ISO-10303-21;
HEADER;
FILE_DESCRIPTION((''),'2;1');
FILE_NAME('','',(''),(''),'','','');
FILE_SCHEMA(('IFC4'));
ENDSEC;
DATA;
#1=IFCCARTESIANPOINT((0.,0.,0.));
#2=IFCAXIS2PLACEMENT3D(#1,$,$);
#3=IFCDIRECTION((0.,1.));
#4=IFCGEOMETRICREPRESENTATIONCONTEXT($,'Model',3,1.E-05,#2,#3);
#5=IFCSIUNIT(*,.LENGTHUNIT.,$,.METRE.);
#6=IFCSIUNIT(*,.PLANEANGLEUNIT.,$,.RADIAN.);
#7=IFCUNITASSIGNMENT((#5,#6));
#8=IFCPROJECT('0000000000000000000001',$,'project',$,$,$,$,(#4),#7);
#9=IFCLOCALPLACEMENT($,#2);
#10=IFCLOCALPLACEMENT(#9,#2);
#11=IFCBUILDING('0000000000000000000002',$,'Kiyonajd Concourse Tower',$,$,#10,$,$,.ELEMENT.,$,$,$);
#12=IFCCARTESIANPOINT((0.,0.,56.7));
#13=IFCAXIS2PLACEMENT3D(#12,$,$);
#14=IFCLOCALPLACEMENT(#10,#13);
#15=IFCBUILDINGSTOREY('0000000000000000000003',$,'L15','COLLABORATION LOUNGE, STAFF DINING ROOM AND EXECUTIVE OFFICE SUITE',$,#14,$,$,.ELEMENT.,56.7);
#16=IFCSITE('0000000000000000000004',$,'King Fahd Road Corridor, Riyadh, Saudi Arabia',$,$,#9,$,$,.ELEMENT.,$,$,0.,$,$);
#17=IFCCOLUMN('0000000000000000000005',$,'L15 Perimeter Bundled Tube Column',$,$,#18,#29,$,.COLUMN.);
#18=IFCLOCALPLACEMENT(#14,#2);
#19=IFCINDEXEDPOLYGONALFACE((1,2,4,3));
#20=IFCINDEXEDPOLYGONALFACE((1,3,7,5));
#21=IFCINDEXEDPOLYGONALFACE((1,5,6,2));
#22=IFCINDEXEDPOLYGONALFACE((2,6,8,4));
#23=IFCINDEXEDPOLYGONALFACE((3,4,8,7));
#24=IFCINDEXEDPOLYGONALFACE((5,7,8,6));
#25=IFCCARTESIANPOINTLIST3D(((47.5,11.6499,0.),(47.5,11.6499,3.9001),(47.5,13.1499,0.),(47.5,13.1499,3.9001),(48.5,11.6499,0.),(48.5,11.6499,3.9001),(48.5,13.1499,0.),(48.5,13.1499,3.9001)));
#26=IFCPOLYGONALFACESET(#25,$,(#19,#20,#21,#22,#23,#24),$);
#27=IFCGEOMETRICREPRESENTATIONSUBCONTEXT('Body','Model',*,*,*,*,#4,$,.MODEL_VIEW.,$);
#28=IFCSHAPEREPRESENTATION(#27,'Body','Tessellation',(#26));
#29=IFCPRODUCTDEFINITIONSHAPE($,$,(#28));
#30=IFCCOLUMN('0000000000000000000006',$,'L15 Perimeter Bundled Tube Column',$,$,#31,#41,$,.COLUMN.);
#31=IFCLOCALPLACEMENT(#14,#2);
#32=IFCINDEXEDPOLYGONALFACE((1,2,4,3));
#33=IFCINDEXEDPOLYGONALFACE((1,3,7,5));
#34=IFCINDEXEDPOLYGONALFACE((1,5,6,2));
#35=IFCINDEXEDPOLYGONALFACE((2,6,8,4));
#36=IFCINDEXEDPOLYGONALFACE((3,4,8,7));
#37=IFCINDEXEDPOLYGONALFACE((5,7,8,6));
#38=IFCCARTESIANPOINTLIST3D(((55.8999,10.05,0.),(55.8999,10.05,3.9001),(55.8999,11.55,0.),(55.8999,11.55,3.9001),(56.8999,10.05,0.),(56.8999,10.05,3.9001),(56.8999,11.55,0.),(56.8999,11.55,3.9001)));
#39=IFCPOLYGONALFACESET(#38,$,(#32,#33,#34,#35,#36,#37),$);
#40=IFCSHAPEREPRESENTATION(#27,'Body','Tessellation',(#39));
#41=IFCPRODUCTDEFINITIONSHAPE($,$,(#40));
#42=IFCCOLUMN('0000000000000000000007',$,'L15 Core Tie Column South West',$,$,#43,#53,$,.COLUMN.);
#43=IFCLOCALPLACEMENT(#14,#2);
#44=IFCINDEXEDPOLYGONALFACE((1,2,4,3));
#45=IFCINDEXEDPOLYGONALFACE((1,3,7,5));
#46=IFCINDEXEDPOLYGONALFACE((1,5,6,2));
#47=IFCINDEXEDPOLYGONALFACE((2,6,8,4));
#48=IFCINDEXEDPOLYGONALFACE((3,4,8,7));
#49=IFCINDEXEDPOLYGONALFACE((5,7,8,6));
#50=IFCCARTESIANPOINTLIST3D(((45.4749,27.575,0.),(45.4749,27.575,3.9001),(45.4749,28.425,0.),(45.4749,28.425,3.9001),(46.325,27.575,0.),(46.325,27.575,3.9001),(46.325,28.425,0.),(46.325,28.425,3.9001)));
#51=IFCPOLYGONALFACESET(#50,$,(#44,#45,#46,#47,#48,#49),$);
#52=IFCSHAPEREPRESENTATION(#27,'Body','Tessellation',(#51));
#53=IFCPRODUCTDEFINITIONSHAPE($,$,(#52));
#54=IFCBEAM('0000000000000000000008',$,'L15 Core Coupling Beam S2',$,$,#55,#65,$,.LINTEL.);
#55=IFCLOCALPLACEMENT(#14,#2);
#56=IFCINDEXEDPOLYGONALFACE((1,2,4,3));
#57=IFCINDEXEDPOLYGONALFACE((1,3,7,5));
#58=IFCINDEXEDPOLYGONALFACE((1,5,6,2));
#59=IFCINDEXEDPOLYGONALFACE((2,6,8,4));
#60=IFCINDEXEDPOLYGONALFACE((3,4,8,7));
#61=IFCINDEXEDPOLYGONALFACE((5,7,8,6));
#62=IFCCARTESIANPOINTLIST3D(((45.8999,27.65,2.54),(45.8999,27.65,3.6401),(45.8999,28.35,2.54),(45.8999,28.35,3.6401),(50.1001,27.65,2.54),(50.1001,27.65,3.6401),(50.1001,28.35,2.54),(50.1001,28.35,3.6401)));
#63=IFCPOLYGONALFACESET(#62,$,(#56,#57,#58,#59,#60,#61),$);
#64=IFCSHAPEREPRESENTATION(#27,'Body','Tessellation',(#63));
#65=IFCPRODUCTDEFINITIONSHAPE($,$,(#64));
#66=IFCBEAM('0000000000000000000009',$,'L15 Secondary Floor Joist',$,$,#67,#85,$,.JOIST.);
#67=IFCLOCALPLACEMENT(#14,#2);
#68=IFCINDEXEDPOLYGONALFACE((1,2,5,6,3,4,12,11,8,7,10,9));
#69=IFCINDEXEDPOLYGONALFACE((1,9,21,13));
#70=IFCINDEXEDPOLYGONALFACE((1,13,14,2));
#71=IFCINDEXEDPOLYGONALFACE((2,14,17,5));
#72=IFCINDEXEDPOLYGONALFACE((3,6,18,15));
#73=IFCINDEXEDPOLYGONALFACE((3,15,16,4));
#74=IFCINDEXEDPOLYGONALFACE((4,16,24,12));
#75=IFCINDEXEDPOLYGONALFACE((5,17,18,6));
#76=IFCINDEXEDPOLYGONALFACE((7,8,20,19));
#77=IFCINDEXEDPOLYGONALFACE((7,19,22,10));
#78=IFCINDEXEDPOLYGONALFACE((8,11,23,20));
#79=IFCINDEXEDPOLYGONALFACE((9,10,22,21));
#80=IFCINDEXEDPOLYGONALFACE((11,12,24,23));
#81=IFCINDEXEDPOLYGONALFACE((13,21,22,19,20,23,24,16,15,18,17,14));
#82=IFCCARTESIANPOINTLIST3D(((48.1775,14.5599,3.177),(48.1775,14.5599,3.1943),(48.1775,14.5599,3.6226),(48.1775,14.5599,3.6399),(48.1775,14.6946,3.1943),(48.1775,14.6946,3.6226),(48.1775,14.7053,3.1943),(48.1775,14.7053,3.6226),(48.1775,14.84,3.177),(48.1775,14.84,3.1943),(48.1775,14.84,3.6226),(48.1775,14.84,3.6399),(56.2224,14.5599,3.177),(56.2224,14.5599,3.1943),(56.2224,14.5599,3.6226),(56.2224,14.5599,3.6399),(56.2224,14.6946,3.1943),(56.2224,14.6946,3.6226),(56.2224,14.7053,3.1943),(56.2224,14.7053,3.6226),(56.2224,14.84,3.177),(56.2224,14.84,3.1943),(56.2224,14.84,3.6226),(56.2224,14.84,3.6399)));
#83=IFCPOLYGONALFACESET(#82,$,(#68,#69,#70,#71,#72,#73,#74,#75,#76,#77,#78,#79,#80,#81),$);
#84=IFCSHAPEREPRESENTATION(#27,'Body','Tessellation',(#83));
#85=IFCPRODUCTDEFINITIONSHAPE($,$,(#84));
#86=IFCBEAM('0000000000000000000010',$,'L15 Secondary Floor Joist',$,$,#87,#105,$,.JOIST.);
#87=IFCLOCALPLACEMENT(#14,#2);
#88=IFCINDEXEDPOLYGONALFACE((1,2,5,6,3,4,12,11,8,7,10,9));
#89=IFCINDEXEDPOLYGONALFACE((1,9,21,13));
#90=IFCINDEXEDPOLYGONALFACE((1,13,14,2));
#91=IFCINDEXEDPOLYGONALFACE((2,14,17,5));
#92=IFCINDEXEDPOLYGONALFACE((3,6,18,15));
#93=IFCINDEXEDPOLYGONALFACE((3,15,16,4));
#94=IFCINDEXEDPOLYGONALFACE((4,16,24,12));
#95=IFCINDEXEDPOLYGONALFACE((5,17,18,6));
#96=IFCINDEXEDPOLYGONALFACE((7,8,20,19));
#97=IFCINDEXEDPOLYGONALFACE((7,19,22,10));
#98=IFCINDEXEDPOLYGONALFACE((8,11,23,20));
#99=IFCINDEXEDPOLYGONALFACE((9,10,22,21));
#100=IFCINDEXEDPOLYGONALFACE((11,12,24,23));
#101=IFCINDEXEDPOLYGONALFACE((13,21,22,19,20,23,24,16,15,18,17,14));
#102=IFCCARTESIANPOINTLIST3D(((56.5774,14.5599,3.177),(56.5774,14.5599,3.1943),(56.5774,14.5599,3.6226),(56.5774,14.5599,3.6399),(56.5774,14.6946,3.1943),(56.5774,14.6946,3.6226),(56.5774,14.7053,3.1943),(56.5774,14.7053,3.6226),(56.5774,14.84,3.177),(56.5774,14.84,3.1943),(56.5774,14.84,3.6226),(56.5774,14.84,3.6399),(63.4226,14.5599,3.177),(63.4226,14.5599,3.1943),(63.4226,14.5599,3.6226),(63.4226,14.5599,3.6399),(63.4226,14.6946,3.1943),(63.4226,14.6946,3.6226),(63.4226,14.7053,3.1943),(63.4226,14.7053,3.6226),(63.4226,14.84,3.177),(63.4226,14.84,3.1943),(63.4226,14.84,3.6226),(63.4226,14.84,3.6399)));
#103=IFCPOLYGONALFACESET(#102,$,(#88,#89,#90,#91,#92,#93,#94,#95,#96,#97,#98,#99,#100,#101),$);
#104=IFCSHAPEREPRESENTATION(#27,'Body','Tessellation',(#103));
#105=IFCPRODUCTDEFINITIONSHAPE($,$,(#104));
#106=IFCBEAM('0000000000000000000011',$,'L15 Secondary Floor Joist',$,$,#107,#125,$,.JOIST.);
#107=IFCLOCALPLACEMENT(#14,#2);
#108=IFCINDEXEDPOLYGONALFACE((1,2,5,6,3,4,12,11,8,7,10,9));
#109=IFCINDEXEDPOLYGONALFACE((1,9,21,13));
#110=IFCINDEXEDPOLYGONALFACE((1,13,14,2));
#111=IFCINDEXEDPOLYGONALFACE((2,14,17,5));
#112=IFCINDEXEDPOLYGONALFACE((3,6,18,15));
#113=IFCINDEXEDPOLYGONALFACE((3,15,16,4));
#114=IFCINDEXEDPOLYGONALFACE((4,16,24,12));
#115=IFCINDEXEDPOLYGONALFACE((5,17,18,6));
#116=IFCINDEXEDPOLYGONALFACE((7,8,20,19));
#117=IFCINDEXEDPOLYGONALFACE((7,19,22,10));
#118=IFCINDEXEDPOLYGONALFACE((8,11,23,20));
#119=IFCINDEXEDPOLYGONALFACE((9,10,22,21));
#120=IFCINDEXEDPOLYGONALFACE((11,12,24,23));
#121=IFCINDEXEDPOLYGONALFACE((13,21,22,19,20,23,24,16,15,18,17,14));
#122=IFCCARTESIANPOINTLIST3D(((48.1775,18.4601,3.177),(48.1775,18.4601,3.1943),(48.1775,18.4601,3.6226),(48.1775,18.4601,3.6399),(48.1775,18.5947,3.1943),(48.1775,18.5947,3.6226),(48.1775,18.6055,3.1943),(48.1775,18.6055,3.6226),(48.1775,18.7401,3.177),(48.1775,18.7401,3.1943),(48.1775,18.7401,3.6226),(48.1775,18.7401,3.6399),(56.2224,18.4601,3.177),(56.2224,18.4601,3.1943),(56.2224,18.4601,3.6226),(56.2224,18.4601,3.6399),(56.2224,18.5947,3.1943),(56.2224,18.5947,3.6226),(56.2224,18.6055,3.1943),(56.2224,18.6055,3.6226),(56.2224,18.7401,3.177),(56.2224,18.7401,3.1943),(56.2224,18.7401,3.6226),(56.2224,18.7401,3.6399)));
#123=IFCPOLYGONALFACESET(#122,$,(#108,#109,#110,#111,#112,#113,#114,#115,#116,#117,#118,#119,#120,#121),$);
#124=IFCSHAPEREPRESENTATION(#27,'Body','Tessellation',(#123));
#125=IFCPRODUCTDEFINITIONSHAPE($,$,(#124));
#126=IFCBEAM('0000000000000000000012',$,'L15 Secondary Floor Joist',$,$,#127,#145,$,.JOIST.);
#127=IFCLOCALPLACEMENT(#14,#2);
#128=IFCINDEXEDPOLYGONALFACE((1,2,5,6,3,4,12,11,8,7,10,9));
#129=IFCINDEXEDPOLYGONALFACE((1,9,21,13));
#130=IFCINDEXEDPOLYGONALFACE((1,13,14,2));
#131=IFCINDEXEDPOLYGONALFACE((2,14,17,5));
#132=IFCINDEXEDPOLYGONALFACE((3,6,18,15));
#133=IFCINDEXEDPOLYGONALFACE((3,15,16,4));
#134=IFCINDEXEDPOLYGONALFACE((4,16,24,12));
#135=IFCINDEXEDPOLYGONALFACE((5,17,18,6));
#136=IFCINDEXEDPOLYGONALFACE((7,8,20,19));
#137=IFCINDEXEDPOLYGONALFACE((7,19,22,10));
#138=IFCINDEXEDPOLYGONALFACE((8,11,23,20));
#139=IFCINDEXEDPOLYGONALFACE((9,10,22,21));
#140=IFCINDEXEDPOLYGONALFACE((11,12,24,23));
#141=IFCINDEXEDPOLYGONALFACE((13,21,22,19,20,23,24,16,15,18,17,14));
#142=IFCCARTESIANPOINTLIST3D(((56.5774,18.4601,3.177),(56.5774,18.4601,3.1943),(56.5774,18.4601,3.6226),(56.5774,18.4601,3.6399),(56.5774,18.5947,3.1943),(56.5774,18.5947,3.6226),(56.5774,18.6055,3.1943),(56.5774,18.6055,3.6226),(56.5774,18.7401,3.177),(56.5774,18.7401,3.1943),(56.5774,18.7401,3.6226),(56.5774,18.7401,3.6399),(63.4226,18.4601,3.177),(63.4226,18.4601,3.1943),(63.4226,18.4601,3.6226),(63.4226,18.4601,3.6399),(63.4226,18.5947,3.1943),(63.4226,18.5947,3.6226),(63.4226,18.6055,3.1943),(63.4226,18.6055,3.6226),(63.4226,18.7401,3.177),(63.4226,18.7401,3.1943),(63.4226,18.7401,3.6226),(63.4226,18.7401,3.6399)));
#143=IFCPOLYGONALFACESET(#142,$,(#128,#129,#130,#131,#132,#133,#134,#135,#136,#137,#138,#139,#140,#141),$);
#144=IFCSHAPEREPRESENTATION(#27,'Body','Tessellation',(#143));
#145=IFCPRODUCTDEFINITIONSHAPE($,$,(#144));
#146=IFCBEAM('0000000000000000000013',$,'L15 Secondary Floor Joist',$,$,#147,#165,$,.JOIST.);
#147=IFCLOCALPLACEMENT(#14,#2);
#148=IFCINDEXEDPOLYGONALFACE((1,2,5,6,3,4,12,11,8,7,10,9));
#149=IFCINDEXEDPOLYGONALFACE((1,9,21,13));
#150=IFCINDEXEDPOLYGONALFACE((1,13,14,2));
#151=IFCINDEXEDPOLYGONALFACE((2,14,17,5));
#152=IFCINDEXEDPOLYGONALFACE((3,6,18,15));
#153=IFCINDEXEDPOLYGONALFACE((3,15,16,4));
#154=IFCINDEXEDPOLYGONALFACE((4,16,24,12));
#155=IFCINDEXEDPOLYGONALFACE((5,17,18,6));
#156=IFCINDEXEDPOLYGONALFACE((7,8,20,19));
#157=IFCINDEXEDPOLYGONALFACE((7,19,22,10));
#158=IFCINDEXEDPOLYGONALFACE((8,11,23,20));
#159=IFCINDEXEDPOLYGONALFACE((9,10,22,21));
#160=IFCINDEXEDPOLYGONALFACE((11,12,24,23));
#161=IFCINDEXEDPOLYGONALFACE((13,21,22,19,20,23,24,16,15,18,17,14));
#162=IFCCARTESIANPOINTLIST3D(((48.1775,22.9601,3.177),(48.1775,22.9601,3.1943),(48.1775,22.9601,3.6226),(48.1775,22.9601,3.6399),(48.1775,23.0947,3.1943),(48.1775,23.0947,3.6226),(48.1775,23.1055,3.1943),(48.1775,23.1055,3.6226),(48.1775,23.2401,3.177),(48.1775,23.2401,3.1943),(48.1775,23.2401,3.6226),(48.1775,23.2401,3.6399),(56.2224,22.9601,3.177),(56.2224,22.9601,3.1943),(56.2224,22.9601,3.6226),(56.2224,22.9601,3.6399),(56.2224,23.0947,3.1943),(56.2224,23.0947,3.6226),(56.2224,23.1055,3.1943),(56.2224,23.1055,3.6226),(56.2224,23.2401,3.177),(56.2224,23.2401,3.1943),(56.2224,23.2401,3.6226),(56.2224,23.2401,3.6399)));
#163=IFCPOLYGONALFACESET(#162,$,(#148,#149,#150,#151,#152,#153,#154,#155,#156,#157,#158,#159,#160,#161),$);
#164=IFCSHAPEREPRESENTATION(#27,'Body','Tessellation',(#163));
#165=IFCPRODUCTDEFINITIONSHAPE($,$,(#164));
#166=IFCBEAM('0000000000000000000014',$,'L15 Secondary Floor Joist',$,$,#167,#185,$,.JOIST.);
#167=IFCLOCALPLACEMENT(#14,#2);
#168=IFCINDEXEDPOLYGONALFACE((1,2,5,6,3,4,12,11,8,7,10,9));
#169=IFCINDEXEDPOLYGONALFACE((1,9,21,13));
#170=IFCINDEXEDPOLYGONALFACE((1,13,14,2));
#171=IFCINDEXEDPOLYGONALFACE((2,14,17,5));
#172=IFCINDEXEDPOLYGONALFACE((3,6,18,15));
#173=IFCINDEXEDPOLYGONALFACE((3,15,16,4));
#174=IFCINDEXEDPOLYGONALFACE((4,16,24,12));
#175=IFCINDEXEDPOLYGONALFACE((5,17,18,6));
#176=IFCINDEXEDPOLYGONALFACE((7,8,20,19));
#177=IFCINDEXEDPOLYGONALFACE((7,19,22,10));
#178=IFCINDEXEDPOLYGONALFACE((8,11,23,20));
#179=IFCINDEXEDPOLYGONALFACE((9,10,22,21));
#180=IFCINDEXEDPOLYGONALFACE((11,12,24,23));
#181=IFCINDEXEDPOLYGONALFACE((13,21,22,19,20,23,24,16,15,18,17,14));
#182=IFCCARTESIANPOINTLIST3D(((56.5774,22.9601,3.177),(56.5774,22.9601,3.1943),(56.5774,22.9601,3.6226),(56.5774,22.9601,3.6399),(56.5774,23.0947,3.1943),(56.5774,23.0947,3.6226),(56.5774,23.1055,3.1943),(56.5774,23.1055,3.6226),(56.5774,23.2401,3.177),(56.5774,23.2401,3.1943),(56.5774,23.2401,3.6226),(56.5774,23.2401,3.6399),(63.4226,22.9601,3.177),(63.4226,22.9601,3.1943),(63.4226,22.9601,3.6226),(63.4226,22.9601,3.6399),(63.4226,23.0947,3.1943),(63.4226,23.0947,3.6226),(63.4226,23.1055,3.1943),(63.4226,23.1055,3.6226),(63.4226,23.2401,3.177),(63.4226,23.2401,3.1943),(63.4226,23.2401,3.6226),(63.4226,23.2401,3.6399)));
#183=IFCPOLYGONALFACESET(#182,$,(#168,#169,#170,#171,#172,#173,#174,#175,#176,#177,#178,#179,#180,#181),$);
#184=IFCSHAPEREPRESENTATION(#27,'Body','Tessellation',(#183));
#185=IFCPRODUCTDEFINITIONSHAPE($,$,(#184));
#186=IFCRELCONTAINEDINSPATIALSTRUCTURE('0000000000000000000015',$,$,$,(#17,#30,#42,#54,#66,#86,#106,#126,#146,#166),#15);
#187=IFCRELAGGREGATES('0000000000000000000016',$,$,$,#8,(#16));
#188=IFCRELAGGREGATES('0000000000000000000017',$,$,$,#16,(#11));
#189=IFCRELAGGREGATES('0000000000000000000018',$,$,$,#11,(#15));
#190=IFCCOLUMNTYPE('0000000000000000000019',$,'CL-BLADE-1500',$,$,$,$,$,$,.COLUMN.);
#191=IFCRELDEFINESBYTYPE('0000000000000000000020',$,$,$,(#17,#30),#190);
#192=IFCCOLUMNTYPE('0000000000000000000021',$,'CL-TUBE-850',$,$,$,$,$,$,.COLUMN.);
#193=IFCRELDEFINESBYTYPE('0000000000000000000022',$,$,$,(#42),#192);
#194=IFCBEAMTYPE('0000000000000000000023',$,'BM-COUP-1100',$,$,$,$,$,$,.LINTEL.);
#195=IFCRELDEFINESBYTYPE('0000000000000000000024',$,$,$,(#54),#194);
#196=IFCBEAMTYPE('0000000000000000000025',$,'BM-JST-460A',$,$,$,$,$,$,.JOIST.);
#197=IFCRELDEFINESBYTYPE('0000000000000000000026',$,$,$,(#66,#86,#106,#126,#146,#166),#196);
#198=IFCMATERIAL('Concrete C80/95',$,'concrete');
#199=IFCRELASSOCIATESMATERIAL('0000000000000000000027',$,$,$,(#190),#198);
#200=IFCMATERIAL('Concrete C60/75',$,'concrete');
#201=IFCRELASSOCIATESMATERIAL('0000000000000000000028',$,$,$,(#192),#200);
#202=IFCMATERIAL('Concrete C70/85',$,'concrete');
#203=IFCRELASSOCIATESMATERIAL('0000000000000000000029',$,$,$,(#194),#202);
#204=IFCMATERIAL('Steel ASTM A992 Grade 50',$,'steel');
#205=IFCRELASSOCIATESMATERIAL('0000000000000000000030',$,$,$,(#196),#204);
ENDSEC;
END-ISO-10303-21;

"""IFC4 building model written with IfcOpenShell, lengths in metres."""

from ifc_helpers import new_model, si_unit, direction, frame, origin, origin_2d, place, context, subcontext, project, spatial, rectangle, i_section, extrude, material, material_profile, profile_set, type_object, element, save


model = new_model("IFC4")

# Units and contexts
model_context = context("Model", 3, precision=1e-05, world=origin(), true_north=direction((0.0, 1.0)))
body_context = subcontext(model_context, "Body", "Model", "MODEL_VIEW")
ifc_project = project(units=[si_unit("LENGTHUNIT", "METRE"), si_unit("PLANEANGLEUNIT", "RADIAN")], contexts=[model_context])

# Site, building, storey
site_placement = place(None, origin())
site = spatial("IfcSite", under=ifc_project, at=site_placement, Name="King Fahd Road Corridor, Riyadh, Saudi Arabia", CompositionType="ELEMENT", RefElevation=0.0)
building_placement = place(site_placement, origin())
building = spatial("IfcBuilding", under=site, at=building_placement, Name="Kiyonajd Concourse Tower", CompositionType="ELEMENT")
storey_placement = place(building_placement, frame((0.0, 0.0, 56.7)))
storey = spatial("IfcBuildingStorey", under=building, at=storey_placement, Name="L15", Description="COLLABORATION LOUNGE, STAFF DINING ROOM AND EXECUTIVE OFFICE SUITE", CompositionType="ELEMENT", Elevation=56.7)

# Columns
ifc_material_1 = material(Name="Concrete C80/95", Category="concrete")
ifc_material_profile_1 = material_profile(ifc_material_1, rectangle(XDim=1.0, YDim=1.5, at=origin_2d()), Name="RC-1500x1000")
ifc_profile_set_1 = profile_set([ifc_material_profile_1], Name="Concrete C80/95")
column_type_1 = type_object("IfcColumnType", Name="CL-BLADE-1500", PredefinedType="COLUMN", material=ifc_profile_set_1)
for number, where, z_axis, x_axis, name in (
    (1, (48.0, 12.3999, 0.0), (0.0, 0.0, 1.0), (1.0, 0.0, 0.0), "L15 Perimeter Bundled Tube Column"),
    (2, (56.3999, 10.8, 0.0), (0.0, 0.0, 1.0), (1.0, 0.0, 0.0), "L15 Perimeter Bundled Tube Column"),
):
    element("IfcColumn", number, at=place(storey_placement, frame(where, z_axis=z_axis, x_axis=x_axis)), inside=storey, type_object=column_type_1, Name=name, PredefinedType="COLUMN", context=body_context, shape_type="SweptSolid", body=[
        extrude(rectangle(XDim=1.0, YDim=1.5, at=origin_2d()), origin(), (0.0, 0.0, 1.0), 3.9001),
    ])
ifc_material_2 = material(Name="Concrete C60/75", Category="concrete")
ifc_material_profile_2 = material_profile(ifc_material_2, rectangle(XDim=0.8501, YDim=0.8501, at=origin_2d()), Name="RC-850x850")
ifc_profile_set_2 = profile_set([ifc_material_profile_2], Name="Concrete C60/75")
column_type_2 = type_object("IfcColumnType", Name="CL-TUBE-850", PredefinedType="COLUMN", material=ifc_profile_set_2)
column_placement = place(storey_placement, frame((45.8999, 28.0, 0.0), z_axis=(0.0, 0.0, 1.0), x_axis=(1.0, 0.0, 0.0)))
element("IfcColumn", 3, at=column_placement, inside=storey, type_object=column_type_2, Name="L15 Core Tie Column South West", PredefinedType="COLUMN", context=body_context, shape_type="SweptSolid", body=[
    extrude(rectangle(XDim=0.8501, YDim=0.8501, at=origin_2d()), origin(), (0.0, 0.0, 1.0), 3.9001),
])

# Beams
ifc_material_3 = material(Name="Concrete C70/85", Category="concrete")
ifc_material_profile_3 = material_profile(ifc_material_3, rectangle(XDim=0.7, YDim=1.1001, at=origin_2d()), Name="RCBM-700x1100")
ifc_profile_set_3 = profile_set([ifc_material_profile_3], Name="Concrete C70/85")
beam_type_1 = type_object("IfcBeamType", Name="BM-COUP-1100", PredefinedType="LINTEL", material=ifc_profile_set_3)
beam_1_placement = place(storey_placement, frame((45.8999, 28.0, 3.0901), z_axis=(1.0, 0.0, 0.0), x_axis=(0.0, 1.0, 0.0)))
element("IfcBeam", 4, at=beam_1_placement, inside=storey, type_object=beam_type_1, Name="L15 Core Coupling Beam S2", PredefinedType="LINTEL", context=body_context, shape_type="SweptSolid", body=[
    extrude(rectangle(XDim=0.7, YDim=1.1001, at=origin_2d()), origin(), (0.0, 0.0, 1.0), 4.2002),
])
ifc_material_4 = material(Name="Steel ASTM A992 Grade 50", Category="steel")
ifc_material_profile_4 = material_profile(ifc_material_4, i_section(OverallWidth=0.28, OverallDepth=0.4629, WebThickness=0.0107, FlangeThickness=0.0173, at=origin_2d()), Name="W460X113")
ifc_profile_set_4 = profile_set([ifc_material_profile_4], Name="Steel ASTM A992 Grade 50")
beam_type_2 = type_object("IfcBeamType", Name="BM-JST-460A", PredefinedType="JOIST", material=ifc_profile_set_4)
beam_2_placement = place(storey_placement, frame((48.1775, 14.7, 3.4084), z_axis=(1.0, 0.0, 0.0), x_axis=(0.0, 1.0, 0.0)))
element("IfcBeam", 5, at=beam_2_placement, inside=storey, type_object=beam_type_2, Name="L15 Secondary Floor Joist", PredefinedType="JOIST", context=body_context, shape_type="SweptSolid", body=[
    extrude(i_section(OverallWidth=0.28, OverallDepth=0.4629, WebThickness=0.0107, FlangeThickness=0.0173, at=origin_2d()), origin(), (0.0, 0.0, 1.0), 8.0449),
])
beam_3_placement = place(storey_placement, frame((56.5774, 14.7, 3.4084), z_axis=(1.0, 0.0, 0.0), x_axis=(0.0, 1.0, 0.0)))
element("IfcBeam", 6, at=beam_3_placement, inside=storey, type_object=beam_type_2, Name="L15 Secondary Floor Joist", PredefinedType="JOIST", context=body_context, shape_type="SweptSolid", body=[
    extrude(i_section(OverallWidth=0.28, OverallDepth=0.4629, WebThickness=0.0107, FlangeThickness=0.0173, at=origin_2d()), origin(), (0.0, 0.0, 1.0), 6.8452),
])
beam_4_placement = place(storey_placement, frame((48.1775, 18.6001, 3.4084), z_axis=(1.0, 0.0, 0.0), x_axis=(0.0, 1.0, 0.0)))
element("IfcBeam", 7, at=beam_4_placement, inside=storey, type_object=beam_type_2, Name="L15 Secondary Floor Joist", PredefinedType="JOIST", context=body_context, shape_type="SweptSolid", body=[
    extrude(i_section(OverallWidth=0.28, OverallDepth=0.4629, WebThickness=0.0107, FlangeThickness=0.0173, at=origin_2d()), origin(), (0.0, 0.0, 1.0), 8.0449),
])
beam_5_placement = place(storey_placement, frame((56.5774, 18.6001, 3.4084), z_axis=(1.0, 0.0, 0.0), x_axis=(0.0, 1.0, 0.0)))
element("IfcBeam", 8, at=beam_5_placement, inside=storey, type_object=beam_type_2, Name="L15 Secondary Floor Joist", PredefinedType="JOIST", context=body_context, shape_type="SweptSolid", body=[
    extrude(i_section(OverallWidth=0.28, OverallDepth=0.4629, WebThickness=0.0107, FlangeThickness=0.0173, at=origin_2d()), origin(), (0.0, 0.0, 1.0), 6.8452),
])
beam_6_placement = place(storey_placement, frame((48.1775, 23.1001, 3.4084), z_axis=(1.0, 0.0, 0.0), x_axis=(0.0, 1.0, 0.0)))
element("IfcBeam", 9, at=beam_6_placement, inside=storey, type_object=beam_type_2, Name="L15 Secondary Floor Joist", PredefinedType="JOIST", context=body_context, shape_type="SweptSolid", body=[
    extrude(i_section(OverallWidth=0.28, OverallDepth=0.4629, WebThickness=0.0107, FlangeThickness=0.0173, at=origin_2d()), origin(), (0.0, 0.0, 1.0), 8.0449),
])
beam_7_placement = place(storey_placement, frame((56.5774, 23.1001, 3.4084), z_axis=(1.0, 0.0, 0.0), x_axis=(0.0, 1.0, 0.0)))
element("IfcBeam", 10, at=beam_7_placement, inside=storey, type_object=beam_type_2, Name="L15 Secondary Floor Joist", PredefinedType="JOIST", context=body_context, shape_type="SweptSolid", body=[
    extrude(i_section(OverallWidth=0.28, OverallDepth=0.4629, WebThickness=0.0107, FlangeThickness=0.0173, at=origin_2d()), origin(), (0.0, 0.0, 1.0), 6.8452),
])

save(model, "model.ifc")
